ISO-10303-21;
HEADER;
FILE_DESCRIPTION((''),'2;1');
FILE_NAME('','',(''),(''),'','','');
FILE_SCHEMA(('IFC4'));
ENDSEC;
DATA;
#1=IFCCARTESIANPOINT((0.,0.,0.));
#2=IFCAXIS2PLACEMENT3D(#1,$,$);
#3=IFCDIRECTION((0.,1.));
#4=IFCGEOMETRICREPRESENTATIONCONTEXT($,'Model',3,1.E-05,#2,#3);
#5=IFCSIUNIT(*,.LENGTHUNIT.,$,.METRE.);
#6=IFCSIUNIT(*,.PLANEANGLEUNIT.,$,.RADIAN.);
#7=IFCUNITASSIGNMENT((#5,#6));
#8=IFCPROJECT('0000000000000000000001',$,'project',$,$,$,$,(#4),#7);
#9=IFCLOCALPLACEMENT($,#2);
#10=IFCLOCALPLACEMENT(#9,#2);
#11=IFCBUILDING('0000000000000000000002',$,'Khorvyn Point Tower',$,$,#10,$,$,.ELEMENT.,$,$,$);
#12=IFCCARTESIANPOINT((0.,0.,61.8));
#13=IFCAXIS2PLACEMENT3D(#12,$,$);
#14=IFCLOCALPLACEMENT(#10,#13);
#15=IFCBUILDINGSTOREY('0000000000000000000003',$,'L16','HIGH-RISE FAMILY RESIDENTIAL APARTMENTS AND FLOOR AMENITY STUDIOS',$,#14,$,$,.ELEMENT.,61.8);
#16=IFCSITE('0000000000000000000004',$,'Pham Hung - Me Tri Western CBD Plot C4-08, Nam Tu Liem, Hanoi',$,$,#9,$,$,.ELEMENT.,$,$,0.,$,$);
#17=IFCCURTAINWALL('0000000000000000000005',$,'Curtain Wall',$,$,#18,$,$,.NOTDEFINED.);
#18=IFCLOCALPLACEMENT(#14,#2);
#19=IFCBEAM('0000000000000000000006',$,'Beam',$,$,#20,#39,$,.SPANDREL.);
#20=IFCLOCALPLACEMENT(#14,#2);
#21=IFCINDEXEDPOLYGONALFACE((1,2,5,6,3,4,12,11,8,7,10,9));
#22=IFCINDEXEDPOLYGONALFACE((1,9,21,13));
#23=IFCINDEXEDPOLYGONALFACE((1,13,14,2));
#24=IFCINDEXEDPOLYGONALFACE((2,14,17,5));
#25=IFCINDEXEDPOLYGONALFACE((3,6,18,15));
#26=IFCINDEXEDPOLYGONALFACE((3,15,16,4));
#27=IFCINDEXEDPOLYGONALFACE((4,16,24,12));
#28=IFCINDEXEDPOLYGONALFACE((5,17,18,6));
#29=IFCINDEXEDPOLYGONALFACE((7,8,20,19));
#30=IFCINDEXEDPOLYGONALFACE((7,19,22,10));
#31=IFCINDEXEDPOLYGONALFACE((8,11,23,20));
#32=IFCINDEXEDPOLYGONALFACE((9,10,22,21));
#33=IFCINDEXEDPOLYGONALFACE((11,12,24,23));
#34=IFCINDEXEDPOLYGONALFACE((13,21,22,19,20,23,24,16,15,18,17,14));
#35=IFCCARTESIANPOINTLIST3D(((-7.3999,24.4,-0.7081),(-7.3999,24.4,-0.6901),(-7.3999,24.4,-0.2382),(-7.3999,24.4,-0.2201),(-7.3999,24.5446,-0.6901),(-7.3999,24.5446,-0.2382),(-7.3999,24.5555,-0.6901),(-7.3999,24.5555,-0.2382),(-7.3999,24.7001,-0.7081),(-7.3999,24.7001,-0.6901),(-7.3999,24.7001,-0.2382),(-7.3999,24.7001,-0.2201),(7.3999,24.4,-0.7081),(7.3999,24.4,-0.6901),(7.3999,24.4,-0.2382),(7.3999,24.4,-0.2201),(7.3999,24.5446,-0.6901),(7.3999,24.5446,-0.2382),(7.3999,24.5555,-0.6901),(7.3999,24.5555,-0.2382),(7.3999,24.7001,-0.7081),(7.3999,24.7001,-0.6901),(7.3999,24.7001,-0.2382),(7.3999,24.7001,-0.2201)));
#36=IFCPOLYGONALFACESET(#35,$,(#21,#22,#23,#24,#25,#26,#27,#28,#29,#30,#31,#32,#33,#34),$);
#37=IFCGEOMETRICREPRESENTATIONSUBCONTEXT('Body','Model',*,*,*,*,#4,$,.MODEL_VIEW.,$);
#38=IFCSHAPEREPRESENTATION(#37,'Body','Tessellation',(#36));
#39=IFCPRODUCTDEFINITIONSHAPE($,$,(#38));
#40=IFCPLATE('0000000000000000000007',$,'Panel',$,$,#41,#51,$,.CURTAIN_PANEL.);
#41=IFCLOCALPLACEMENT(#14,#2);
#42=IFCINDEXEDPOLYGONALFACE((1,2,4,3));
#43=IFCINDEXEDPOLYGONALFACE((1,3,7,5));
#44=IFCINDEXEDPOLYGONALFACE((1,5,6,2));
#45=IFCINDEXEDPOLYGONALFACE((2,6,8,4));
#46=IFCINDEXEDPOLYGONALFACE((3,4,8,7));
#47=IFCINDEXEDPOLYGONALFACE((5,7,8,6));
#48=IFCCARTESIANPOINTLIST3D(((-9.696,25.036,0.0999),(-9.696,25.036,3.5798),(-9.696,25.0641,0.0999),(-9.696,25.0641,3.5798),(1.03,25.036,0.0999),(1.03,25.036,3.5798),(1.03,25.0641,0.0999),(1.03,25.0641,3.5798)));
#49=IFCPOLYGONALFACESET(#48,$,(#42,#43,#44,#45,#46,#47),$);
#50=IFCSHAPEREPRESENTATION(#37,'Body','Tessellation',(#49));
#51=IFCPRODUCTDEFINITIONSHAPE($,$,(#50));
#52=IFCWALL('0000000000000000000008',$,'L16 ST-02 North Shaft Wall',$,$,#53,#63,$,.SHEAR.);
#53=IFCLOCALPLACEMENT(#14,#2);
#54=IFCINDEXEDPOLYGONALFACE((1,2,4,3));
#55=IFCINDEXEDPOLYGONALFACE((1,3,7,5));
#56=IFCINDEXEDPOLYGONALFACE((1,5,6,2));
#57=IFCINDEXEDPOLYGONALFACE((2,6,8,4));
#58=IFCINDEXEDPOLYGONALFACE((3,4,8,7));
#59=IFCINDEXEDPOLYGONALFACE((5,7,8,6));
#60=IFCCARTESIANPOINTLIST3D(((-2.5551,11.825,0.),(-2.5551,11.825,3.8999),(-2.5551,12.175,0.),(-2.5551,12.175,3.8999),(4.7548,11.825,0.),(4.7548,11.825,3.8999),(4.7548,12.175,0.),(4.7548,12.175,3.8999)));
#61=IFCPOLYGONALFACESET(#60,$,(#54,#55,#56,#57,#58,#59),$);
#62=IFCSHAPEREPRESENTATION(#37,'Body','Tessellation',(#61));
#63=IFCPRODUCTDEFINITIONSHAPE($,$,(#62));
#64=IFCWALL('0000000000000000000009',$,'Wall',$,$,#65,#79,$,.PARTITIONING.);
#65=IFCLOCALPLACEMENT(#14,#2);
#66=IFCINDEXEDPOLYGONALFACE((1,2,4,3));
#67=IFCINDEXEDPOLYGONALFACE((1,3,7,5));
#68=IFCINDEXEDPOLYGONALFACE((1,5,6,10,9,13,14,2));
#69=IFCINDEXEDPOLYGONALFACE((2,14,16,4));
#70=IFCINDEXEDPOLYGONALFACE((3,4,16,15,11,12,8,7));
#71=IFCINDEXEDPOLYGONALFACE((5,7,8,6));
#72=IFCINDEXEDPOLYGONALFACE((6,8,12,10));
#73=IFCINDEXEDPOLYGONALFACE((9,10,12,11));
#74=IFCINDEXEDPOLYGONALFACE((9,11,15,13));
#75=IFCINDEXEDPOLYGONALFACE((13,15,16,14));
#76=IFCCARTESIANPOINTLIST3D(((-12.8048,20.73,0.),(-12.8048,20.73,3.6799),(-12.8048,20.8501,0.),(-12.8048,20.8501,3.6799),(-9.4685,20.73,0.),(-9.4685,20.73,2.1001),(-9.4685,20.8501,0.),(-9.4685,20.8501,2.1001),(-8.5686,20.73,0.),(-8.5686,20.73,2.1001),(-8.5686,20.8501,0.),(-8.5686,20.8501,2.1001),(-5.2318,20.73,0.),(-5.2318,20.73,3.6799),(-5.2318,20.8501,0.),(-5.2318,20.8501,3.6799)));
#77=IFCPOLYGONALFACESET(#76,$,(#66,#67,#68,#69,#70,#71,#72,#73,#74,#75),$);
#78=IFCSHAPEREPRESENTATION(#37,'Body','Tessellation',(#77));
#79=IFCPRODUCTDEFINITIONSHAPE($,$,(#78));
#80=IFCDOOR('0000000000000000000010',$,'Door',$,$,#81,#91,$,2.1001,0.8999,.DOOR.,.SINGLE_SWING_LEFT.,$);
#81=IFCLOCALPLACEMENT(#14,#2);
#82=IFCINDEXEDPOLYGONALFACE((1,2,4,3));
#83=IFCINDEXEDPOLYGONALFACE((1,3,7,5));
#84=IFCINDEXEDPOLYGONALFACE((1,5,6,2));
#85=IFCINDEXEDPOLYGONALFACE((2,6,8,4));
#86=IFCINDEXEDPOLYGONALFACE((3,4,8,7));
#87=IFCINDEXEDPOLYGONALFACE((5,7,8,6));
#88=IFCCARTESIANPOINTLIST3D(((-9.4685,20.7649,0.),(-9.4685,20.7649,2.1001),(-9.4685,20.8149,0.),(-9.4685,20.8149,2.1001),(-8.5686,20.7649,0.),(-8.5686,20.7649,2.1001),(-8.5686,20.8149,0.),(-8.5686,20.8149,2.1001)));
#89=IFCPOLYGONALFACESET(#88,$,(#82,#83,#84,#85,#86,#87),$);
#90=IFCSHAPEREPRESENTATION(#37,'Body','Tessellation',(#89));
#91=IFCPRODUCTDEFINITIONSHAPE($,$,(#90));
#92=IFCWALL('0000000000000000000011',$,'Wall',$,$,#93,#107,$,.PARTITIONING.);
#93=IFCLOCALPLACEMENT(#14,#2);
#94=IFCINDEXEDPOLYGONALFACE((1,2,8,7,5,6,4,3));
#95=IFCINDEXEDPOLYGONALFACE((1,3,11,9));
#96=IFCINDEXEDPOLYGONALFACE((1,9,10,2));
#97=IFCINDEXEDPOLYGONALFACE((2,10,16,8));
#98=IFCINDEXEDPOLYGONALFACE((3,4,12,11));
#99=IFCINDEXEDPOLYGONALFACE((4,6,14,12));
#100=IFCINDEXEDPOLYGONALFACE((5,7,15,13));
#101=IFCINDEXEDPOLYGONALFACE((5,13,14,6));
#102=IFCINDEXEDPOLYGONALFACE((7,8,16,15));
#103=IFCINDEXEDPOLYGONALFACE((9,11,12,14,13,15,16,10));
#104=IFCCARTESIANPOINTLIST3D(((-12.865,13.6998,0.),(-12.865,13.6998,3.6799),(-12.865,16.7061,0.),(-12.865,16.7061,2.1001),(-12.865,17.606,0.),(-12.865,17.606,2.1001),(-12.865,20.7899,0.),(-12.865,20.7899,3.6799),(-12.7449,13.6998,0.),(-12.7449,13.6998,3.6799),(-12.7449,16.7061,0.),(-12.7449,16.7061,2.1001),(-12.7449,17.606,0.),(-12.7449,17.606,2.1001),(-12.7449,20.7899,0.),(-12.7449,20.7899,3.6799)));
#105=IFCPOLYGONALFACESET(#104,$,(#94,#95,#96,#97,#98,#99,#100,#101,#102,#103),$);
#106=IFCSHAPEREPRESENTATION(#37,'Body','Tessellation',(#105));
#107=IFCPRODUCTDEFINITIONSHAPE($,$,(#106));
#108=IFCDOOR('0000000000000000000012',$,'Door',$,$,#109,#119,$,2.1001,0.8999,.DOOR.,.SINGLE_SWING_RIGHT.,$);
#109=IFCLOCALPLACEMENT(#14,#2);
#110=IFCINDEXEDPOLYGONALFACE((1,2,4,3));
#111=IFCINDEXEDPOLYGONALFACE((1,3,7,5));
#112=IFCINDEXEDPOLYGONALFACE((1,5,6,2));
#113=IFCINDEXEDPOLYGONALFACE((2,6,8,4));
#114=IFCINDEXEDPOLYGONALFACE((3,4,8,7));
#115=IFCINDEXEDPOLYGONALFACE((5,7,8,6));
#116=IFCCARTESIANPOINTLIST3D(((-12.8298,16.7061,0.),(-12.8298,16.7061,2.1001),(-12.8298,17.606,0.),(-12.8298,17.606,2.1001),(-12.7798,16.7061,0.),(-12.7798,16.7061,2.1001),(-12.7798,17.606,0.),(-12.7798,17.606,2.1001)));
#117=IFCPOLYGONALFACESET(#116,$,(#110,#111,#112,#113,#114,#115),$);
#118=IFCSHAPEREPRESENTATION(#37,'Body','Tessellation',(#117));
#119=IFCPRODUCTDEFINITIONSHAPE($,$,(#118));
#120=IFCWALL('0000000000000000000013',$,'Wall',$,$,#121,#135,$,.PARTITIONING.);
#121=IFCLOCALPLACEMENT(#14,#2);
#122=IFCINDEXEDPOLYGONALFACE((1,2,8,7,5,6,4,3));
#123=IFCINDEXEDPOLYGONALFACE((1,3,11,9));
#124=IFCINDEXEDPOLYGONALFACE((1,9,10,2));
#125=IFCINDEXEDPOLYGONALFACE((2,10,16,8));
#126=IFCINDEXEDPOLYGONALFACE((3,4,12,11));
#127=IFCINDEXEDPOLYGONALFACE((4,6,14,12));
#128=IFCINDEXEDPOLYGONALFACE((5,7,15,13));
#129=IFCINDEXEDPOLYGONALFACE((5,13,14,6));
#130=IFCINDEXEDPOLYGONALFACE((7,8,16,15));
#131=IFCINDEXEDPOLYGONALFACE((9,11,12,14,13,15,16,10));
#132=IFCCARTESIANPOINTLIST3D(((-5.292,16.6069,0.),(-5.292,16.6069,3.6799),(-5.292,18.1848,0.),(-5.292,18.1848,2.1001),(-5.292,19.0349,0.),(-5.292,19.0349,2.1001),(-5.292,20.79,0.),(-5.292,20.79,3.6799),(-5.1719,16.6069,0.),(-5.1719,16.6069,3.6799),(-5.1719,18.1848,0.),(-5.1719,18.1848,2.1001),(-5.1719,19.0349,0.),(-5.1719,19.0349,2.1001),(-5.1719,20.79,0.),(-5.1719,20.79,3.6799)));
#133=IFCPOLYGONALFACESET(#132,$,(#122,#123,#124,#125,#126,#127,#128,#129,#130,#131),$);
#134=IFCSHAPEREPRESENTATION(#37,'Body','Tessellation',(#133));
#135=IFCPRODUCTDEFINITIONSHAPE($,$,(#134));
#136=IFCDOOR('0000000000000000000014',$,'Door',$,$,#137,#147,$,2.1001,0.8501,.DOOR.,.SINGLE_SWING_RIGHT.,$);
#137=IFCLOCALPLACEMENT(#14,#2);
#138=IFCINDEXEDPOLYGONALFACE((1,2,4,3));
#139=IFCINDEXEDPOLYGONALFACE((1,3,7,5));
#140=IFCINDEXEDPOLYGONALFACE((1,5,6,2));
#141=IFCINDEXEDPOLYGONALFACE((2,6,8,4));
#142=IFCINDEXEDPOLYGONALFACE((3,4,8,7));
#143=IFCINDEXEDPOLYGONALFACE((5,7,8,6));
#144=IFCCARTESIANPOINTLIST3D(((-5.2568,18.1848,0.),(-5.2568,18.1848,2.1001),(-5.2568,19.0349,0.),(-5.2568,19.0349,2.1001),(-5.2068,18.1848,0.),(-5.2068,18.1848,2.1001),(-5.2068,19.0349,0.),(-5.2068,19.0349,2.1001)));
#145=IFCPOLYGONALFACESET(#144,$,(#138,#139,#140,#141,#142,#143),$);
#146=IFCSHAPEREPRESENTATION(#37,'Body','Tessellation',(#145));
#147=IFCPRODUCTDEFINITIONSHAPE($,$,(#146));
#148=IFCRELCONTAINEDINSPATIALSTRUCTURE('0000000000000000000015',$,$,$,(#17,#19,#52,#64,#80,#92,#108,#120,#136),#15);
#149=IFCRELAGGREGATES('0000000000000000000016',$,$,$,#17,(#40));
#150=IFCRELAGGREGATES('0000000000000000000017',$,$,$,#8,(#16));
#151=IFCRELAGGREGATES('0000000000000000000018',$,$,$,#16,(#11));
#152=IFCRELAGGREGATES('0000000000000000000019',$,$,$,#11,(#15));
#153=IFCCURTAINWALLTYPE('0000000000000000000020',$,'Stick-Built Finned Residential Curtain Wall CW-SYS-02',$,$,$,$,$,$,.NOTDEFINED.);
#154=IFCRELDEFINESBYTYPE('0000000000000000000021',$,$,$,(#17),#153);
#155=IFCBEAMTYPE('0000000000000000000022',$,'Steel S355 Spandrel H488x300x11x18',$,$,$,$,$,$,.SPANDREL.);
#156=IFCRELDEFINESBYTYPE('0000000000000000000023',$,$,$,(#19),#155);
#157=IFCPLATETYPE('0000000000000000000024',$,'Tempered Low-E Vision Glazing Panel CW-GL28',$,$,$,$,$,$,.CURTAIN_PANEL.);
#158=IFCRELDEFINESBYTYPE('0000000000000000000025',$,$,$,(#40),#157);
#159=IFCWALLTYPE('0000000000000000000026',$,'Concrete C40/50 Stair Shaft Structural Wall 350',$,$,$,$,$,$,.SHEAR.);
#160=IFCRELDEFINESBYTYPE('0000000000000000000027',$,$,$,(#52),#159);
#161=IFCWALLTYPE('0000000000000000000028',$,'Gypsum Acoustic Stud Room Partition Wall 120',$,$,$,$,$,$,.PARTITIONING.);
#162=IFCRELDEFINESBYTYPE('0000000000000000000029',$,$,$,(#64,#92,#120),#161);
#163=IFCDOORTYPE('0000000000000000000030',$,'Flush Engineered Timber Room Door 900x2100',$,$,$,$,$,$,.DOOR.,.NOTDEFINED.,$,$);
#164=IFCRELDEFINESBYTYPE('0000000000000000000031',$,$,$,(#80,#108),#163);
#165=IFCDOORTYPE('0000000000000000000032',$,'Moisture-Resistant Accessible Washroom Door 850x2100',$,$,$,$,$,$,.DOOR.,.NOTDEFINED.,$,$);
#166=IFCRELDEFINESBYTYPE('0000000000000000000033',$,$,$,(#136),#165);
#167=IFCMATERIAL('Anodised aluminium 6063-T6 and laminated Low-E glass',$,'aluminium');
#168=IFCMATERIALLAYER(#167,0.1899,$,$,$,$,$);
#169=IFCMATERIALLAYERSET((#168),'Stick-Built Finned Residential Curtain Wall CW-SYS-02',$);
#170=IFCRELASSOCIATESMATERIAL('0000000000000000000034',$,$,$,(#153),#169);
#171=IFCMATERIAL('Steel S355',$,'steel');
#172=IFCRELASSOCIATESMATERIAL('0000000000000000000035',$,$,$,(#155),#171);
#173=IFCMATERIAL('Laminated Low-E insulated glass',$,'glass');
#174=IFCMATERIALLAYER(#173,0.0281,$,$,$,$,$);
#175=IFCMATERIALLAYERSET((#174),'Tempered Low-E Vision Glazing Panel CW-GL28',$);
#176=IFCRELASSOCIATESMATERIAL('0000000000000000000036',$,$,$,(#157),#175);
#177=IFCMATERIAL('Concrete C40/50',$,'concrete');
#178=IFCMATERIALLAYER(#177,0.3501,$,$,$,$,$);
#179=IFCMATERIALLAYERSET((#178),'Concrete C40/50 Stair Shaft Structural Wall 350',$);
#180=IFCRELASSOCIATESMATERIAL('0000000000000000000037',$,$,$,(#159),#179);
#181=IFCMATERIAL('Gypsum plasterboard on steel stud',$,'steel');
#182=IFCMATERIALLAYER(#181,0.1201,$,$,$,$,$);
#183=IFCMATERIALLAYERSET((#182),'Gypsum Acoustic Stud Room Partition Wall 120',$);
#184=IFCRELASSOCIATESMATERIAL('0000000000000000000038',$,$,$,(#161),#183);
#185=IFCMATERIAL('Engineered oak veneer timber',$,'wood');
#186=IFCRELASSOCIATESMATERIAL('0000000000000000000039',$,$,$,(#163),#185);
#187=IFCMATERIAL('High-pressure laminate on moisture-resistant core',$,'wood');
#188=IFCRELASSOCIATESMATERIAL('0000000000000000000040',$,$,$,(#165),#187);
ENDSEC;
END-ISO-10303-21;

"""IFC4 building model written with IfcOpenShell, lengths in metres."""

from ifc_helpers import new_model, si_unit, direction, frame, frame_2d, origin, origin_2d, place, context, subcontext, project, spatial, rectangle, i_section, extrude, material, layer, layer_set, material_profile, profile_set, type_object, element, fill, aggregate, save


model = new_model("IFC4")

# Units and contexts
model_context = context("Model", 3, precision=1e-05, world=origin(), true_north=direction((0.0, 1.0)))
body_context = subcontext(model_context, "Body", "Model", "MODEL_VIEW")
ifc_project = project(units=[si_unit("LENGTHUNIT", "METRE"), si_unit("PLANEANGLEUNIT", "RADIAN")], contexts=[model_context])

# Site, building, storey
site_placement = place(None, origin())
site = spatial("IfcSite", under=ifc_project, at=site_placement, Name="Pham Hung - Me Tri Western CBD Plot C4-08, Nam Tu Liem, Hanoi", CompositionType="ELEMENT", RefElevation=0.0)
building_placement = place(site_placement, origin())
building = spatial("IfcBuilding", under=site, at=building_placement, Name="Khorvyn Point Tower", CompositionType="ELEMENT")
storey_placement = place(building_placement, frame((0.0, 0.0, 61.8)))
storey = spatial("IfcBuildingStorey", under=building, at=storey_placement, Name="L16", Description="HIGH-RISE FAMILY RESIDENTIAL APARTMENTS AND FLOOR AMENITY STUDIOS", CompositionType="ELEMENT", Elevation=61.8)

# Curtain wall
ifc_material_1 = material(Name="Anodised aluminium 6063-T6 and laminated Low-E glass", Category="aluminium")
ifc_layer_1 = layer(ifc_material_1, 0.1899)
ifc_layer_set_1 = layer_set([ifc_layer_1], Name="Stick-Built Finned Residential Curtain Wall CW-SYS-02")
curtain_wall_type = type_object("IfcCurtainWallType", Name="Stick-Built Finned Residential Curtain Wall CW-SYS-02", PredefinedType="NOTDEFINED", material=ifc_layer_set_1)
curtain_wall_placement = place(storey_placement, origin())
curtain_wall = element("IfcCurtainWall", 1, at=curtain_wall_placement, inside=storey, type_object=curtain_wall_type, Name="Curtain Wall", PredefinedType="NOTDEFINED")

# Beam
ifc_material_2 = material(Name="Steel S355", Category="steel")
ifc_material_profile_1 = material_profile(ifc_material_2, i_section(OverallWidth=0.3, OverallDepth=0.488, WebThickness=0.011, FlangeThickness=0.0181, at=origin_2d()))
ifc_profile_set_1 = profile_set([ifc_material_profile_1], Name="Steel S355 H488x300x11x18")
beam_type_1 = type_object("IfcBeamType", Name="Steel S355 Spandrel H488x300x11x18", PredefinedType="SPANDREL", material=ifc_profile_set_1)
beam_1_placement = place(storey_placement, frame((-7.3999, 24.55, -0.4641), z_axis=(1.0, 0.0, 0.0), x_axis=(0.0, 1.0, 0.0)))
element("IfcBeam", 2, at=beam_1_placement, inside=storey, type_object=beam_type_1, Name="Beam", PredefinedType="SPANDREL", context=body_context, shape_type="SweptSolid", body=[
    extrude(i_section(OverallWidth=0.3, OverallDepth=0.488, WebThickness=0.011, FlangeThickness=0.0181, at=origin_2d()), origin(), (0.0, 0.0, 1.0), 14.7998),
])

# Plate
ifc_material_3 = material(Name="Laminated Low-E insulated glass", Category="glass")
ifc_layer_2 = layer(ifc_material_3, 0.0281)
ifc_layer_set_2 = layer_set([ifc_layer_2], Name="Tempered Low-E Vision Glazing Panel CW-GL28")
plate_type = type_object("IfcPlateType", Name="Tempered Low-E Vision Glazing Panel CW-GL28", PredefinedType="CURTAIN_PANEL", material=ifc_layer_set_2)
plate_placement = place(storey_placement, frame((-4.333, 25.05, 0.0999), z_axis=(0.0, 0.0, 1.0), x_axis=(1.0, 0.0, 0.0)))
plate = element("IfcPlate", 3, at=plate_placement, type_object=plate_type, Name="Panel", PredefinedType="CURTAIN_PANEL", context=body_context, shape_type="SweptSolid", body=[
    extrude(rectangle(XDim=10.7261, YDim=0.0281, at=origin_2d()), origin(), (0.0, 0.0, 1.0), 3.48),
])
aggregate(curtain_wall, [plate])

# Wall
ifc_material_4 = material(Name="Concrete C40/50", Category="concrete")
ifc_layer_3 = layer(ifc_material_4, 0.3501)
ifc_layer_set_3 = layer_set([ifc_layer_3], Name="Concrete C40/50 Stair Shaft Structural Wall 350")
wall_type_1 = type_object("IfcWallType", Name="Concrete C40/50 Stair Shaft Structural Wall 350", PredefinedType="SHEAR", material=ifc_layer_set_3)
wall_1_placement = place(storey_placement, frame((-2.5549, 12.0, 0.0), z_axis=(0.0, 0.0, 1.0), x_axis=(1.0, 0.0, 0.0)))
element("IfcWall", 4, at=wall_1_placement, inside=storey, type_object=wall_type_1, Name="L16 ST-02 North Shaft Wall", PredefinedType="SHEAR", context=body_context, shape_type="SweptSolid", body=[
    extrude(rectangle(XDim=7.3098, YDim=0.3501, at=frame_2d((3.6548, 0.0))), origin(), (0.0, 0.0, 1.0), 3.8999),
])

# Walls, openings, doors
ifc_material_5 = material(Name="Gypsum plasterboard on steel stud", Category="steel")
ifc_layer_4 = layer(ifc_material_5, 0.1201)
ifc_layer_set_4 = layer_set([ifc_layer_4], Name="Gypsum Acoustic Stud Room Partition Wall 120")
wall_type_2 = type_object("IfcWallType", Name="Gypsum Acoustic Stud Room Partition Wall 120", PredefinedType="PARTITIONING", material=ifc_layer_set_4)
wall_2_placement = place(storey_placement, frame((-12.8049, 20.79, 0.0), z_axis=(0.0, 0.0, 1.0), x_axis=(1.0, 0.0, 0.0)))
wall_2 = element("IfcWall", 5, at=wall_2_placement, inside=storey, type_object=wall_type_2, Name="Wall", PredefinedType="PARTITIONING", context=body_context, shape_type="SweptSolid", body=[
    extrude(rectangle(XDim=7.573, YDim=0.1201, at=frame_2d((3.7866, 0.0))), origin(), (0.0, 0.0, 1.0), 3.6799),
])
opening_1_placement = place(wall_2_placement, frame((3.3364, 0.0, 0.0)))
opening_1 = element("IfcOpeningElement", 6, at=opening_1_placement, cuts=wall_2, PredefinedType="OPENING", context=body_context, shape_type="SweptSolid", body=[
    extrude(rectangle(XDim=0.8999, YDim=2.1001, at=frame_2d((0.45, 1.05))), frame((0.0, 0.0701, 0.0), z_axis=(0.0, -1.0, 0.0), x_axis=(1.0, 0.0, 0.0)), (0.0, 0.0, 1.0), 0.1401),
])
ifc_material_6 = material(Name="Engineered oak veneer timber", Category="wood")
door_type_1 = type_object("IfcDoorType", Name="Flush Engineered Timber Room Door 900x2100", OperationType="NOTDEFINED", PredefinedType="DOOR", material=ifc_material_6)
door_1_placement = place(opening_1_placement, origin())
door_1 = element("IfcDoor", 7, at=door_1_placement, inside=storey, type_object=door_type_1, Name="Door", OperationType="SINGLE_SWING_LEFT", OverallHeight=2.1001, OverallWidth=0.8999, PredefinedType="DOOR", context=body_context, shape_type="SweptSolid", body=[
    extrude(rectangle(XDim=0.8999, YDim=2.1001, at=frame_2d((0.45, 1.05))), frame((0.0, 0.0249, 0.0), z_axis=(0.0, -1.0, 0.0), x_axis=(1.0, 0.0, 0.0)), (0.0, 0.0, 1.0), 0.05),
])
fill(opening_1, door_1)
wall_3_placement = place(storey_placement, frame((-12.8049, 13.7, 0.0), z_axis=(0.0, 0.0, 1.0), x_axis=(0.0, 1.0, 0.0)))
wall_3 = element("IfcWall", 8, at=wall_3_placement, inside=storey, type_object=wall_type_2, Name="Wall", PredefinedType="PARTITIONING", context=body_context, shape_type="SweptSolid", body=[
    extrude(rectangle(XDim=7.0901, YDim=0.1201, at=frame_2d((3.5449, 0.0))), origin(), (0.0, 0.0, 1.0), 3.6799),
])
opening_2_placement = place(wall_3_placement, frame((3.0061, 0.0, 0.0)))
opening_2 = element("IfcOpeningElement", 9, at=opening_2_placement, cuts=wall_3, PredefinedType="OPENING", context=body_context, shape_type="SweptSolid", body=[
    extrude(rectangle(XDim=0.8999, YDim=2.1001, at=frame_2d((0.45, 1.05))), frame((0.0, 0.0701, 0.0), z_axis=(0.0, -1.0, 0.0), x_axis=(1.0, 0.0, 0.0)), (0.0, 0.0, 1.0), 0.1401),
])
door_2_placement = place(opening_2_placement, origin())
door_2 = element("IfcDoor", 10, at=door_2_placement, inside=storey, type_object=door_type_1, Name="Door", OperationType="SINGLE_SWING_RIGHT", OverallHeight=2.1001, OverallWidth=0.8999, PredefinedType="DOOR", context=body_context, shape_type="SweptSolid", body=[
    extrude(rectangle(XDim=0.8999, YDim=2.1001, at=frame_2d((0.45, 1.05))), frame((0.0, 0.0249, 0.0), z_axis=(0.0, -1.0, 0.0), x_axis=(1.0, 0.0, 0.0)), (0.0, 0.0, 1.0), 0.05),
])
fill(opening_2, door_2)
wall_4_placement = place(storey_placement, frame((-5.2319, 16.6069, 0.0), z_axis=(0.0, 0.0, 1.0), x_axis=(0.0, 1.0, 0.0)))
wall_4 = element("IfcWall", 11, at=wall_4_placement, inside=storey, type_object=wall_type_2, Name="Wall", PredefinedType="PARTITIONING", context=body_context, shape_type="SweptSolid", body=[
    extrude(rectangle(XDim=4.1831, YDim=0.1201, at=frame_2d((2.0916, 0.0))), origin(), (0.0, 0.0, 1.0), 3.6799),
])
opening_3_placement = place(wall_4_placement, frame((1.5779, 0.0, 0.0)))
opening_3 = element("IfcOpeningElement", 12, at=opening_3_placement, cuts=wall_4, PredefinedType="OPENING", context=body_context, shape_type="SweptSolid", body=[
    extrude(rectangle(XDim=0.8501, YDim=2.1001, at=frame_2d((0.425, 1.05))), frame((0.0, 0.0701, 0.0), z_axis=(0.0, -1.0, 0.0), x_axis=(1.0, 0.0, 0.0)), (0.0, 0.0, 1.0), 0.1401),
])
ifc_material_7 = material(Name="High-pressure laminate on moisture-resistant core", Category="wood")
door_type_2 = type_object("IfcDoorType", Name="Moisture-Resistant Accessible Washroom Door 850x2100", OperationType="NOTDEFINED", PredefinedType="DOOR", material=ifc_material_7)
door_3_placement = place(opening_3_placement, origin())
door_3 = element("IfcDoor", 13, at=door_3_placement, inside=storey, type_object=door_type_2, Name="Door", OperationType="SINGLE_SWING_RIGHT", OverallHeight=2.1001, OverallWidth=0.8501, PredefinedType="DOOR", context=body_context, shape_type="SweptSolid", body=[
    extrude(rectangle(XDim=0.8501, YDim=2.1001, at=frame_2d((0.425, 1.05))), frame((0.0, 0.0249, 0.0), z_axis=(0.0, -1.0, 0.0), x_axis=(1.0, 0.0, 0.0)), (0.0, 0.0, 1.0), 0.05),
])
fill(opening_3, door_3)

save(model, "model.ifc")
